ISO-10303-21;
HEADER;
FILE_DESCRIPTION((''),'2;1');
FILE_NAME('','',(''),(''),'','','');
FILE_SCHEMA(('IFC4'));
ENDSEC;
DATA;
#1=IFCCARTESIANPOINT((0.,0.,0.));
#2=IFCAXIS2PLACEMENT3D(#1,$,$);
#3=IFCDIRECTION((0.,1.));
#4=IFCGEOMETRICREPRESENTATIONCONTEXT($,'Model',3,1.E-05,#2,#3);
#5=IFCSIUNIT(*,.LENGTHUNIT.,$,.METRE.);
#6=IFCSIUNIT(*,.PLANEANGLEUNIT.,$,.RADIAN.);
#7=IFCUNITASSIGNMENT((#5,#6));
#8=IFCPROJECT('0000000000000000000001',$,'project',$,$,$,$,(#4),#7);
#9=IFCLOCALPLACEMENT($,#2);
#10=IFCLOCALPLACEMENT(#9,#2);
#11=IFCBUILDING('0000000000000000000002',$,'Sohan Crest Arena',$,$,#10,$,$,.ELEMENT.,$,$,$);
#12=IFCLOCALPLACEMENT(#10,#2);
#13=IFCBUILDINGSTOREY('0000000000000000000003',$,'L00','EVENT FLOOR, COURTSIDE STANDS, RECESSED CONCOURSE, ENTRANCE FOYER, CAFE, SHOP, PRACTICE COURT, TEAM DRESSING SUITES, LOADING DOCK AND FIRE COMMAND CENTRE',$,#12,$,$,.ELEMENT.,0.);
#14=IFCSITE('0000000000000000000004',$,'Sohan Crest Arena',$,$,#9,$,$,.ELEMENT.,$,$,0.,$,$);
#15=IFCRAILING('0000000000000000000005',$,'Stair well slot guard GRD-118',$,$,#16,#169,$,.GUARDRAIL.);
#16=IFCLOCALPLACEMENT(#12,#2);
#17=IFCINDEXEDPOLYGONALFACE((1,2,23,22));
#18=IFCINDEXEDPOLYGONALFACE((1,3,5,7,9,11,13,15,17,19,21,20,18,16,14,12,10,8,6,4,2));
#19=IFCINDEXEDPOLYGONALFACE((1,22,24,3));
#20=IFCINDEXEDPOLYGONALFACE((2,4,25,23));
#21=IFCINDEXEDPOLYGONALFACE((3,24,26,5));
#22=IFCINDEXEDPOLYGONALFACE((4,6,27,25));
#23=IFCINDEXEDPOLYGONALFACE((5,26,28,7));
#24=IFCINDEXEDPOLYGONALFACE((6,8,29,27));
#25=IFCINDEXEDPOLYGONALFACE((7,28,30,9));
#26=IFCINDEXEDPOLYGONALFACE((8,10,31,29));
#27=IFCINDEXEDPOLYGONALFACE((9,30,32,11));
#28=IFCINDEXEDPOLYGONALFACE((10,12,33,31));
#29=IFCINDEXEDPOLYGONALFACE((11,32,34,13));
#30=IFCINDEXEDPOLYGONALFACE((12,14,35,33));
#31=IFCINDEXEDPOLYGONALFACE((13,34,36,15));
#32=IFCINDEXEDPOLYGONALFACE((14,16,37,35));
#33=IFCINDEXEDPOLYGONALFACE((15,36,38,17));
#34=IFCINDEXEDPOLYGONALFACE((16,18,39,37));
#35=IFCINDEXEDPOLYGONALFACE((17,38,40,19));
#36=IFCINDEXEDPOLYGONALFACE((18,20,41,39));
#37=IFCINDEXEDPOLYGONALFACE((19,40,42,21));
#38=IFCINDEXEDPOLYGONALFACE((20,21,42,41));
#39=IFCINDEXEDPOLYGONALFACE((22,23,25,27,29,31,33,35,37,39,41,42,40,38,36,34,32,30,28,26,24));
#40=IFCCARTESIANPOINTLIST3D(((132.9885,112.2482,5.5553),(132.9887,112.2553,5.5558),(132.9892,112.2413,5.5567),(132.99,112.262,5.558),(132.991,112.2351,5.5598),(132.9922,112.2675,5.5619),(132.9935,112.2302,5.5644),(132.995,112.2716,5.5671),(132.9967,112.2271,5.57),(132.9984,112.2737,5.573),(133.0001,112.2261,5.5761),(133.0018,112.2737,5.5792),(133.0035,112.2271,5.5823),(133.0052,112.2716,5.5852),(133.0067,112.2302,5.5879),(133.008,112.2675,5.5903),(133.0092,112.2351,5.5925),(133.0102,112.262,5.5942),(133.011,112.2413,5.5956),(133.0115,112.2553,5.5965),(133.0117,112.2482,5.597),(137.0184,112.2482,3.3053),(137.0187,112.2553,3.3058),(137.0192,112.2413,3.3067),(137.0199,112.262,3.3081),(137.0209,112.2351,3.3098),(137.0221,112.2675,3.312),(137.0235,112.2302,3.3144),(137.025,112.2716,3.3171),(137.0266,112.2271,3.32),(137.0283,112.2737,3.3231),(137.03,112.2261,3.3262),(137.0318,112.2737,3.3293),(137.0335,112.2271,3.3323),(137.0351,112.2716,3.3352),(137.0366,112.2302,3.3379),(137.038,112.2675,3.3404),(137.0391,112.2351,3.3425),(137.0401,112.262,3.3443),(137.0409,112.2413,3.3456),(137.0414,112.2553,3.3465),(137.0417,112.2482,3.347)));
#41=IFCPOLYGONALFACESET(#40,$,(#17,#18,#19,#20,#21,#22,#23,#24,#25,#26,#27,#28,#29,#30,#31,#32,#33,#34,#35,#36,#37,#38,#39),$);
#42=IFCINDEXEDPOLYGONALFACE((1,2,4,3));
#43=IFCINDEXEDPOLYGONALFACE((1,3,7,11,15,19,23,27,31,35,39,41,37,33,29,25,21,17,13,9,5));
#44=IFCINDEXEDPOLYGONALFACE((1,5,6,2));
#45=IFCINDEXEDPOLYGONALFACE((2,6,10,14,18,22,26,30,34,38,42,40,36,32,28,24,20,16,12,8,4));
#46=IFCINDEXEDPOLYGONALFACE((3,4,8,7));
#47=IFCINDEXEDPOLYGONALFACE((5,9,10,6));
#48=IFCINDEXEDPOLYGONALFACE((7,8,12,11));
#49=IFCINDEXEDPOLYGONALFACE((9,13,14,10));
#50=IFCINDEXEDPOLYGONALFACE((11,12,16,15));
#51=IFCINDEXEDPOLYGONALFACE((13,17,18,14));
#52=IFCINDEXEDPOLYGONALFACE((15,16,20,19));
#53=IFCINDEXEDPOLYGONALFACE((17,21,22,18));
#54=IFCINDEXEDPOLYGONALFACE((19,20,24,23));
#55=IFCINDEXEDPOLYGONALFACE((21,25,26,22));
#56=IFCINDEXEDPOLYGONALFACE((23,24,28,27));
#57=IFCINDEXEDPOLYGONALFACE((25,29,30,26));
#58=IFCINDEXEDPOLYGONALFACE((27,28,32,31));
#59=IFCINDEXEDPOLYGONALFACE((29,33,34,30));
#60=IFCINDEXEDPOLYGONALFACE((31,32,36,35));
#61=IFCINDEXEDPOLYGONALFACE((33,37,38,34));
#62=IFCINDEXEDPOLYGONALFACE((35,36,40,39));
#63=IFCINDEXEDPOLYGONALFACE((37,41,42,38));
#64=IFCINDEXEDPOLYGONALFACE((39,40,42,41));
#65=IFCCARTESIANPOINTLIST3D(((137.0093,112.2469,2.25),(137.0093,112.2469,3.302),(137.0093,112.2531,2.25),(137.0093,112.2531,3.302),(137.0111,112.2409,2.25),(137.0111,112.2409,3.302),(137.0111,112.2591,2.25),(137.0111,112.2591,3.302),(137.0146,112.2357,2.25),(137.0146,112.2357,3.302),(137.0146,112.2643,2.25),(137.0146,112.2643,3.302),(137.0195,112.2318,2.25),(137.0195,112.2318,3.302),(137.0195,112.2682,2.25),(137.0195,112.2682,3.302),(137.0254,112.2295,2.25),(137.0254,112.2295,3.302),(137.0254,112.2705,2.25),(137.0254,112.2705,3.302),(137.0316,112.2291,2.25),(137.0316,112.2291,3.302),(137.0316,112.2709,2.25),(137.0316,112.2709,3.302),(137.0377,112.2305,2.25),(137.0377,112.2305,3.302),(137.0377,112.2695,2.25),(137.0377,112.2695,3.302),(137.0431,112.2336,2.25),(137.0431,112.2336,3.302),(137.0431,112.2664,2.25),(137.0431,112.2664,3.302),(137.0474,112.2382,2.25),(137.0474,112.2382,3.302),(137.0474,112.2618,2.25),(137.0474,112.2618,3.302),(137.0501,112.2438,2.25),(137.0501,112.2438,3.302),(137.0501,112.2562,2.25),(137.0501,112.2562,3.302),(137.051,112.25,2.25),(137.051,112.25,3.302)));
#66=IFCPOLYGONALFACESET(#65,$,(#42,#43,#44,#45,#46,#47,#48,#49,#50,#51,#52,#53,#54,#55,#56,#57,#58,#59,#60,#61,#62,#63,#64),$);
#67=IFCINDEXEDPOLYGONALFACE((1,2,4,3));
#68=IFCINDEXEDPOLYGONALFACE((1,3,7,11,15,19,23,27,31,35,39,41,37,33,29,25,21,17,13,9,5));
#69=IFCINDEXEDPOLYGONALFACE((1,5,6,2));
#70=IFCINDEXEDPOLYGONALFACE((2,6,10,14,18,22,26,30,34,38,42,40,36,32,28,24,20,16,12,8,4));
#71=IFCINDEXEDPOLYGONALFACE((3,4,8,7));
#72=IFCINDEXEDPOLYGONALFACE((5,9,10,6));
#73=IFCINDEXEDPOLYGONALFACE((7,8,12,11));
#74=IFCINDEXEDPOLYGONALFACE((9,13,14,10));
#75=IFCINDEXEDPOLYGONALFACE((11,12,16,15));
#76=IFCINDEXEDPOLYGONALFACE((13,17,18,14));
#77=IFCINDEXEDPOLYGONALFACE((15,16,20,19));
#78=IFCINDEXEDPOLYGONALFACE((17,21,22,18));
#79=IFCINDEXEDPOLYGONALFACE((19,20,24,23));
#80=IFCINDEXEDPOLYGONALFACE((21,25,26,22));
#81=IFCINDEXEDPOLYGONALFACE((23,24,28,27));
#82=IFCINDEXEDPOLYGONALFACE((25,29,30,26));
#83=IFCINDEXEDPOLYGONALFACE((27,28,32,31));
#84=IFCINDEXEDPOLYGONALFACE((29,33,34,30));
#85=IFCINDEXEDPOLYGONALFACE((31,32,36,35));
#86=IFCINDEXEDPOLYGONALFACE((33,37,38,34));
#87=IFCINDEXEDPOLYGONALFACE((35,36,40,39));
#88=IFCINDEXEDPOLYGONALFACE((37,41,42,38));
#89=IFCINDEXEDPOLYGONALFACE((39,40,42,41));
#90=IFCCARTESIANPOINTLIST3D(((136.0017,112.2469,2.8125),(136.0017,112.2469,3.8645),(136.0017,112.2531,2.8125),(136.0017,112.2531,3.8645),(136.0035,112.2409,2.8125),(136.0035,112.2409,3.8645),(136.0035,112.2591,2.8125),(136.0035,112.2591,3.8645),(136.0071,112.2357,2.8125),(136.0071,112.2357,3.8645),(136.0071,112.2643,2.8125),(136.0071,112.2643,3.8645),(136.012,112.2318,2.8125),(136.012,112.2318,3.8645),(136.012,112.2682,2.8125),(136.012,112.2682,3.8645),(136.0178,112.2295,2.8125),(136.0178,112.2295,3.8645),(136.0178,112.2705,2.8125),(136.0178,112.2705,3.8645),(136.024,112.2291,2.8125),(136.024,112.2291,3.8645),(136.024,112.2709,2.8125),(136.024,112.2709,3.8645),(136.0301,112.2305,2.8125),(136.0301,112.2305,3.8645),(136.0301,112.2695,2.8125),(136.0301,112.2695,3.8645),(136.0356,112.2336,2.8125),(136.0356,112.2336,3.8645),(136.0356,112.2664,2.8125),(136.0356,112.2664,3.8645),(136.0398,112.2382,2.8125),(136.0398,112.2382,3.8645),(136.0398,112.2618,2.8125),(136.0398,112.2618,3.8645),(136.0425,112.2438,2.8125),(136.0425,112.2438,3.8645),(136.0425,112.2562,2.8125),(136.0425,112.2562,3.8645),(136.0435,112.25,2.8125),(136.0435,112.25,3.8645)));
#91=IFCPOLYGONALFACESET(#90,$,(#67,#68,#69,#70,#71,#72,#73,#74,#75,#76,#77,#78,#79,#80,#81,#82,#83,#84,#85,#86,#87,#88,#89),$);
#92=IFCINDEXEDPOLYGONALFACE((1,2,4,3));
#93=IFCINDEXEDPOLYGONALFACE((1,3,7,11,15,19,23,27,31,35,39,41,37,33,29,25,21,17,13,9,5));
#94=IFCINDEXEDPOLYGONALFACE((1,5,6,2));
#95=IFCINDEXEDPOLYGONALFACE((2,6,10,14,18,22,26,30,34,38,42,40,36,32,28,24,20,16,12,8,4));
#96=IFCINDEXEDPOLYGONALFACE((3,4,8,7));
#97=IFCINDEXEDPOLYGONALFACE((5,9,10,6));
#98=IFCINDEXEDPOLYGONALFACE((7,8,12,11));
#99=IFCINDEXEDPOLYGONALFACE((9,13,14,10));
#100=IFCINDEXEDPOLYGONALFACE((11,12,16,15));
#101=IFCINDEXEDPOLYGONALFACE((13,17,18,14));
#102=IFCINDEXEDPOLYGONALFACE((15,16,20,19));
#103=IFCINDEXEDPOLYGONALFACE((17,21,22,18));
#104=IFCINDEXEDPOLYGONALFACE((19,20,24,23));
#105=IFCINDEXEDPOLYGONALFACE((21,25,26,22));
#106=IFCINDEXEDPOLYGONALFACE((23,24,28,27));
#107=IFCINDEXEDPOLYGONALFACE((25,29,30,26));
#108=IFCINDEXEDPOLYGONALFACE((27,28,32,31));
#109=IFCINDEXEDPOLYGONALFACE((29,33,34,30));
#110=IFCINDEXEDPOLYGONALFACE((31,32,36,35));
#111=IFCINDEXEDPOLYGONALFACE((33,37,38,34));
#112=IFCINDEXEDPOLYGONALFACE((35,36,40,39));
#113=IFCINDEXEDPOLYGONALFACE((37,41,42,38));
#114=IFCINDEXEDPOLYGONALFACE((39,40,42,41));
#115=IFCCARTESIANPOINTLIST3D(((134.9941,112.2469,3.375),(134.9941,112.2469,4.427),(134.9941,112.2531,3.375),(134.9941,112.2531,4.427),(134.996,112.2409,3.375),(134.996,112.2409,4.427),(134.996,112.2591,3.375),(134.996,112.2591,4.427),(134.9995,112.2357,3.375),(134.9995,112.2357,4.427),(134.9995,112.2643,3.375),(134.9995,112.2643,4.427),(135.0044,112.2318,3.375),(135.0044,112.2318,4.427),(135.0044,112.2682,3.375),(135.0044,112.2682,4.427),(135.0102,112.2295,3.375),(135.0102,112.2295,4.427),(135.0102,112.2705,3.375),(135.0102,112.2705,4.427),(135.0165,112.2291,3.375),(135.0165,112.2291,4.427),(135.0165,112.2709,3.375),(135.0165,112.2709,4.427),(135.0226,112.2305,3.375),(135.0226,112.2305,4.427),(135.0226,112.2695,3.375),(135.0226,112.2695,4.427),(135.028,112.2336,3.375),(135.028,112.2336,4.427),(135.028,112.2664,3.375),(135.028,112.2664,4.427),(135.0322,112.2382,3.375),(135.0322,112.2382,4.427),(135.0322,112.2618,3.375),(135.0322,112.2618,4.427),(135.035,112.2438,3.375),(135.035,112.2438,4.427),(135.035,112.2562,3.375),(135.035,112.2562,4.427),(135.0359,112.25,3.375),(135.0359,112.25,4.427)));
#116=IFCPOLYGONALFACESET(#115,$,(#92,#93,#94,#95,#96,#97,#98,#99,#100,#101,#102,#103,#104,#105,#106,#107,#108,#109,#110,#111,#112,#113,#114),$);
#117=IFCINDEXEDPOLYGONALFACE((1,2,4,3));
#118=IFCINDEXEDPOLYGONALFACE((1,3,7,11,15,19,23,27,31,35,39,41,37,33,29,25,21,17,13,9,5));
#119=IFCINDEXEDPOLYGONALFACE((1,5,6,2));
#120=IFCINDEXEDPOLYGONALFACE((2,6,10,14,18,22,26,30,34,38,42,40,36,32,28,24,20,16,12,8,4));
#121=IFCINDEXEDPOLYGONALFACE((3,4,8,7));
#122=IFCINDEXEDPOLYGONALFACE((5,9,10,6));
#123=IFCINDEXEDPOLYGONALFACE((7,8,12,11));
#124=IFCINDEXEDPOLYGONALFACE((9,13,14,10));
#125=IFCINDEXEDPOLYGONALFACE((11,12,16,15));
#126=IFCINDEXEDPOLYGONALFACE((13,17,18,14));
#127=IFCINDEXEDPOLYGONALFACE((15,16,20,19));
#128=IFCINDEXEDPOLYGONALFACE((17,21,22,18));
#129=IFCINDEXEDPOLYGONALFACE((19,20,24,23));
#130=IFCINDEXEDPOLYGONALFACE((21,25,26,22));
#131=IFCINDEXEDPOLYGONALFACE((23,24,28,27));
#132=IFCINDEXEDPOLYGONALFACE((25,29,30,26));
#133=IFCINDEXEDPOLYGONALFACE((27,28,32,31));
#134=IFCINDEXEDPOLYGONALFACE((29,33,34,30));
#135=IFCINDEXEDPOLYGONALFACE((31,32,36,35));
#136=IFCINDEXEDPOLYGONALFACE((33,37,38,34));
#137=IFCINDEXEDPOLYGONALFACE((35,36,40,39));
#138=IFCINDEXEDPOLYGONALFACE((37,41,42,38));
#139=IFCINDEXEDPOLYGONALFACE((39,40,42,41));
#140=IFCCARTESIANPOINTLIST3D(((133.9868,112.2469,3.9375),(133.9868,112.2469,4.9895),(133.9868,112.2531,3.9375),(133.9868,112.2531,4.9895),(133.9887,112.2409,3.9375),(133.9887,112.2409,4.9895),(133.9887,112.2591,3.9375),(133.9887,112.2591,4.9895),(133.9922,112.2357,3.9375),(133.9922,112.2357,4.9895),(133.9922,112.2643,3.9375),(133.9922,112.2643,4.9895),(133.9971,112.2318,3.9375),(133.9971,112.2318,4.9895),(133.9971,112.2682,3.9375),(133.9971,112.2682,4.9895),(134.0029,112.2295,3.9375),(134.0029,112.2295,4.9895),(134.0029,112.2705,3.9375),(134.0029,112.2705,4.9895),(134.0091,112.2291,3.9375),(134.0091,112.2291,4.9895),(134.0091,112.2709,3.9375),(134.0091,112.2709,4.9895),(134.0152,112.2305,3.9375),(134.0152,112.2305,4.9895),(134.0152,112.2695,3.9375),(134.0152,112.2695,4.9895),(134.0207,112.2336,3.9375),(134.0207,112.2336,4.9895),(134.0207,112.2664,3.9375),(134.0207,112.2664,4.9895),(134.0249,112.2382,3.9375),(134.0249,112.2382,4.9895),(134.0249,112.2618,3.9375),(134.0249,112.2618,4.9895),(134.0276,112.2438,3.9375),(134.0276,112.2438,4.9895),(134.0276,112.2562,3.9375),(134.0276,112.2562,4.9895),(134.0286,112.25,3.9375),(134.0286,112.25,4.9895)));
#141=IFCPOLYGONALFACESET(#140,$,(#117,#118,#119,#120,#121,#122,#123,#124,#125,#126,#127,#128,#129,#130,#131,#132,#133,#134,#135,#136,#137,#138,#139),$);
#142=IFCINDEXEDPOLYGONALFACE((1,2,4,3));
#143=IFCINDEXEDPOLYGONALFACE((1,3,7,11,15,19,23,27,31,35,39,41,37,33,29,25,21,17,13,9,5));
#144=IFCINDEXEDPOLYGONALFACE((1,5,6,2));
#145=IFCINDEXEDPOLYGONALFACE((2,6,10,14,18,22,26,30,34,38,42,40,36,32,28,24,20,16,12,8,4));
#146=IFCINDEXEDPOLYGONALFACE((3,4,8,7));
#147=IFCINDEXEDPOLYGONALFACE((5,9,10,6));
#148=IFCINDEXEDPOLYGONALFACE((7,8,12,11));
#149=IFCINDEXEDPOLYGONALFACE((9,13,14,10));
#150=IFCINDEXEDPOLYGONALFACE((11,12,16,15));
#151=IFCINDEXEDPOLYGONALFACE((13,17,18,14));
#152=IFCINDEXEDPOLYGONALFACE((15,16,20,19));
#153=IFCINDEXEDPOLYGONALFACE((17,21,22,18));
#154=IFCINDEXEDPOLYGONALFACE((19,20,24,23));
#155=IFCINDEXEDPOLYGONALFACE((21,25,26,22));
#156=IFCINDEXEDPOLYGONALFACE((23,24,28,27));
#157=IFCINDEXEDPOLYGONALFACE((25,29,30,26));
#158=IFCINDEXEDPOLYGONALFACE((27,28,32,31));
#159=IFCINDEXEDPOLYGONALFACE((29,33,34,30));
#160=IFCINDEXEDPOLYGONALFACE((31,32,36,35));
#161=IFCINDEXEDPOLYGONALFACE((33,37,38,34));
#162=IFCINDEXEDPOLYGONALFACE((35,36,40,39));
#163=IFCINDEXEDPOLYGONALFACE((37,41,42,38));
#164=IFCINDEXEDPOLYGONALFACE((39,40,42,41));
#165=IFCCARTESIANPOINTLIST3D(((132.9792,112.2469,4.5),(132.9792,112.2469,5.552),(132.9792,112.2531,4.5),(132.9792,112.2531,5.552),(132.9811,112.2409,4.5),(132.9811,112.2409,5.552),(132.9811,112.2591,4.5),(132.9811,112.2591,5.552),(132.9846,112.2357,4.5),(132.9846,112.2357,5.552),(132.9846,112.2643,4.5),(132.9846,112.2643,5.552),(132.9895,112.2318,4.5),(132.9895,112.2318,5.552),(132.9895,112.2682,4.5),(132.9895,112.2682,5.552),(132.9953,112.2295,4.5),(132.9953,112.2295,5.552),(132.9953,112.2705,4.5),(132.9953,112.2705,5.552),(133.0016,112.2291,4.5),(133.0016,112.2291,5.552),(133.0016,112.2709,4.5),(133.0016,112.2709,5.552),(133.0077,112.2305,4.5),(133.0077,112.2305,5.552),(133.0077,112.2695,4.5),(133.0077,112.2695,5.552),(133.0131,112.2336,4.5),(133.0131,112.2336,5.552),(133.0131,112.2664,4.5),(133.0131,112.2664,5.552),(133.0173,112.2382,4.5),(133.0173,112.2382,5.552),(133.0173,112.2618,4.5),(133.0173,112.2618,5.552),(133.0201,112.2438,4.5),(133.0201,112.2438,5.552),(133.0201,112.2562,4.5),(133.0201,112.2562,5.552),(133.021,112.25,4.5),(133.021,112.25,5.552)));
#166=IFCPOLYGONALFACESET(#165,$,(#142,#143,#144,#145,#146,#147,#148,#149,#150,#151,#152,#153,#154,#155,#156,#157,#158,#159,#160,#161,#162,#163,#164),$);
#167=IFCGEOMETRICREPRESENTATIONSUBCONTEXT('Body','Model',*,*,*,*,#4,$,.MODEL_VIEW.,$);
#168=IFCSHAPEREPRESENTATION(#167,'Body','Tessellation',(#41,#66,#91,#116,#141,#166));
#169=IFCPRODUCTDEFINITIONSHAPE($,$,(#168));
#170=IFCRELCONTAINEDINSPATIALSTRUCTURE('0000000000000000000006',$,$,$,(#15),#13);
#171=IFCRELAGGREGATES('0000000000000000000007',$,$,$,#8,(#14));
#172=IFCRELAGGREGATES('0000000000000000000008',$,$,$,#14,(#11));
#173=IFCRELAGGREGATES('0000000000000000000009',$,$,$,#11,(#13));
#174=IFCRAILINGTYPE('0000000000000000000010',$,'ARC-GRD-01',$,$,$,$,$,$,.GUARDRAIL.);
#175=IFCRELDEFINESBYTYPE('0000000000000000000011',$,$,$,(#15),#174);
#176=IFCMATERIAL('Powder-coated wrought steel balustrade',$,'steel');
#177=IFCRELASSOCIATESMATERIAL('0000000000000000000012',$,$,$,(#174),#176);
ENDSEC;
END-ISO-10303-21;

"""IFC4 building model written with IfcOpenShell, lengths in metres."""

from ifc_helpers import new_model, si_unit, direction, frame, origin, origin_2d, place, context, subcontext, project, spatial, circle, extrude, material, type_object, element, save


model = new_model("IFC4")

# Units and contexts
model_context = context("Model", 3, precision=1e-05, world=origin(), true_north=direction((0.0, 1.0)))
body_context = subcontext(model_context, "Body", "Model", "MODEL_VIEW")
ifc_project = project(units=[si_unit("LENGTHUNIT", "METRE"), si_unit("PLANEANGLEUNIT", "RADIAN")], contexts=[model_context])

# Site, building, storey
site_placement = place(None, origin())
site = spatial("IfcSite", under=ifc_project, at=site_placement, Name="Sohan Crest Arena", CompositionType="ELEMENT", RefElevation=0.0)
building_placement = place(site_placement, origin())
building = spatial("IfcBuilding", under=site, at=building_placement, Name="Sohan Crest Arena", CompositionType="ELEMENT")
storey_placement = place(building_placement, origin())
storey = spatial("IfcBuildingStorey", under=building, at=storey_placement, Name="L00", Description="EVENT FLOOR, COURTSIDE STANDS, RECESSED CONCOURSE, ENTRANCE FOYER, CAFE, SHOP, PRACTICE COURT, TEAM DRESSING SUITES, LOADING DOCK AND FIRE COMMAND CENTRE", CompositionType="ELEMENT", Elevation=0.0)

# Railing
ifc_material_1 = material(Name="Powder-coated wrought steel balustrade", Category="steel")
railing_type_1 = type_object("IfcRailingType", Name="ARC-GRD-01", PredefinedType="GUARDRAIL", material=ifc_material_1)
railing_1_placement = place(storey_placement, frame((137.03, 112.25, 2.25)))
element("IfcRailing", 1, at=railing_1_placement, inside=storey, type_object=railing_type_1, Name="Stair well slot guard GRD-118", PredefinedType="GUARDRAIL", context=body_context, shape_type="SweptSolid", body=[
    extrude(circle(Radius=0.0239, at=origin_2d()), frame((0.0, 0.0, 1.0762), z_axis=(-0.873135, 0.0, 0.487479), x_axis=(0.0, -1.0, 0.0)), (0.0, 0.0, 1.0), 4.6155),
    extrude(circle(Radius=0.021, at=origin_2d()), origin(), (0.0, 0.0, 1.0), 1.052),
    extrude(circle(Radius=0.021, at=origin_2d()), frame((-1.0076, 0.0, 0.5625)), (0.0, 0.0, 1.0), 1.052),
    extrude(circle(Radius=0.021, at=origin_2d()), frame((-2.0151, 0.0, 1.125)), (0.0, 0.0, 1.0), 1.052),
    extrude(circle(Radius=0.021, at=origin_2d()), frame((-3.0225, 0.0, 1.6875)), (0.0, 0.0, 1.0), 1.052),
    extrude(circle(Radius=0.021, at=origin_2d()), frame((-4.03, 0.0, 2.25)), (0.0, 0.0, 1.0), 1.052),
])

save(model, "model.ifc")
